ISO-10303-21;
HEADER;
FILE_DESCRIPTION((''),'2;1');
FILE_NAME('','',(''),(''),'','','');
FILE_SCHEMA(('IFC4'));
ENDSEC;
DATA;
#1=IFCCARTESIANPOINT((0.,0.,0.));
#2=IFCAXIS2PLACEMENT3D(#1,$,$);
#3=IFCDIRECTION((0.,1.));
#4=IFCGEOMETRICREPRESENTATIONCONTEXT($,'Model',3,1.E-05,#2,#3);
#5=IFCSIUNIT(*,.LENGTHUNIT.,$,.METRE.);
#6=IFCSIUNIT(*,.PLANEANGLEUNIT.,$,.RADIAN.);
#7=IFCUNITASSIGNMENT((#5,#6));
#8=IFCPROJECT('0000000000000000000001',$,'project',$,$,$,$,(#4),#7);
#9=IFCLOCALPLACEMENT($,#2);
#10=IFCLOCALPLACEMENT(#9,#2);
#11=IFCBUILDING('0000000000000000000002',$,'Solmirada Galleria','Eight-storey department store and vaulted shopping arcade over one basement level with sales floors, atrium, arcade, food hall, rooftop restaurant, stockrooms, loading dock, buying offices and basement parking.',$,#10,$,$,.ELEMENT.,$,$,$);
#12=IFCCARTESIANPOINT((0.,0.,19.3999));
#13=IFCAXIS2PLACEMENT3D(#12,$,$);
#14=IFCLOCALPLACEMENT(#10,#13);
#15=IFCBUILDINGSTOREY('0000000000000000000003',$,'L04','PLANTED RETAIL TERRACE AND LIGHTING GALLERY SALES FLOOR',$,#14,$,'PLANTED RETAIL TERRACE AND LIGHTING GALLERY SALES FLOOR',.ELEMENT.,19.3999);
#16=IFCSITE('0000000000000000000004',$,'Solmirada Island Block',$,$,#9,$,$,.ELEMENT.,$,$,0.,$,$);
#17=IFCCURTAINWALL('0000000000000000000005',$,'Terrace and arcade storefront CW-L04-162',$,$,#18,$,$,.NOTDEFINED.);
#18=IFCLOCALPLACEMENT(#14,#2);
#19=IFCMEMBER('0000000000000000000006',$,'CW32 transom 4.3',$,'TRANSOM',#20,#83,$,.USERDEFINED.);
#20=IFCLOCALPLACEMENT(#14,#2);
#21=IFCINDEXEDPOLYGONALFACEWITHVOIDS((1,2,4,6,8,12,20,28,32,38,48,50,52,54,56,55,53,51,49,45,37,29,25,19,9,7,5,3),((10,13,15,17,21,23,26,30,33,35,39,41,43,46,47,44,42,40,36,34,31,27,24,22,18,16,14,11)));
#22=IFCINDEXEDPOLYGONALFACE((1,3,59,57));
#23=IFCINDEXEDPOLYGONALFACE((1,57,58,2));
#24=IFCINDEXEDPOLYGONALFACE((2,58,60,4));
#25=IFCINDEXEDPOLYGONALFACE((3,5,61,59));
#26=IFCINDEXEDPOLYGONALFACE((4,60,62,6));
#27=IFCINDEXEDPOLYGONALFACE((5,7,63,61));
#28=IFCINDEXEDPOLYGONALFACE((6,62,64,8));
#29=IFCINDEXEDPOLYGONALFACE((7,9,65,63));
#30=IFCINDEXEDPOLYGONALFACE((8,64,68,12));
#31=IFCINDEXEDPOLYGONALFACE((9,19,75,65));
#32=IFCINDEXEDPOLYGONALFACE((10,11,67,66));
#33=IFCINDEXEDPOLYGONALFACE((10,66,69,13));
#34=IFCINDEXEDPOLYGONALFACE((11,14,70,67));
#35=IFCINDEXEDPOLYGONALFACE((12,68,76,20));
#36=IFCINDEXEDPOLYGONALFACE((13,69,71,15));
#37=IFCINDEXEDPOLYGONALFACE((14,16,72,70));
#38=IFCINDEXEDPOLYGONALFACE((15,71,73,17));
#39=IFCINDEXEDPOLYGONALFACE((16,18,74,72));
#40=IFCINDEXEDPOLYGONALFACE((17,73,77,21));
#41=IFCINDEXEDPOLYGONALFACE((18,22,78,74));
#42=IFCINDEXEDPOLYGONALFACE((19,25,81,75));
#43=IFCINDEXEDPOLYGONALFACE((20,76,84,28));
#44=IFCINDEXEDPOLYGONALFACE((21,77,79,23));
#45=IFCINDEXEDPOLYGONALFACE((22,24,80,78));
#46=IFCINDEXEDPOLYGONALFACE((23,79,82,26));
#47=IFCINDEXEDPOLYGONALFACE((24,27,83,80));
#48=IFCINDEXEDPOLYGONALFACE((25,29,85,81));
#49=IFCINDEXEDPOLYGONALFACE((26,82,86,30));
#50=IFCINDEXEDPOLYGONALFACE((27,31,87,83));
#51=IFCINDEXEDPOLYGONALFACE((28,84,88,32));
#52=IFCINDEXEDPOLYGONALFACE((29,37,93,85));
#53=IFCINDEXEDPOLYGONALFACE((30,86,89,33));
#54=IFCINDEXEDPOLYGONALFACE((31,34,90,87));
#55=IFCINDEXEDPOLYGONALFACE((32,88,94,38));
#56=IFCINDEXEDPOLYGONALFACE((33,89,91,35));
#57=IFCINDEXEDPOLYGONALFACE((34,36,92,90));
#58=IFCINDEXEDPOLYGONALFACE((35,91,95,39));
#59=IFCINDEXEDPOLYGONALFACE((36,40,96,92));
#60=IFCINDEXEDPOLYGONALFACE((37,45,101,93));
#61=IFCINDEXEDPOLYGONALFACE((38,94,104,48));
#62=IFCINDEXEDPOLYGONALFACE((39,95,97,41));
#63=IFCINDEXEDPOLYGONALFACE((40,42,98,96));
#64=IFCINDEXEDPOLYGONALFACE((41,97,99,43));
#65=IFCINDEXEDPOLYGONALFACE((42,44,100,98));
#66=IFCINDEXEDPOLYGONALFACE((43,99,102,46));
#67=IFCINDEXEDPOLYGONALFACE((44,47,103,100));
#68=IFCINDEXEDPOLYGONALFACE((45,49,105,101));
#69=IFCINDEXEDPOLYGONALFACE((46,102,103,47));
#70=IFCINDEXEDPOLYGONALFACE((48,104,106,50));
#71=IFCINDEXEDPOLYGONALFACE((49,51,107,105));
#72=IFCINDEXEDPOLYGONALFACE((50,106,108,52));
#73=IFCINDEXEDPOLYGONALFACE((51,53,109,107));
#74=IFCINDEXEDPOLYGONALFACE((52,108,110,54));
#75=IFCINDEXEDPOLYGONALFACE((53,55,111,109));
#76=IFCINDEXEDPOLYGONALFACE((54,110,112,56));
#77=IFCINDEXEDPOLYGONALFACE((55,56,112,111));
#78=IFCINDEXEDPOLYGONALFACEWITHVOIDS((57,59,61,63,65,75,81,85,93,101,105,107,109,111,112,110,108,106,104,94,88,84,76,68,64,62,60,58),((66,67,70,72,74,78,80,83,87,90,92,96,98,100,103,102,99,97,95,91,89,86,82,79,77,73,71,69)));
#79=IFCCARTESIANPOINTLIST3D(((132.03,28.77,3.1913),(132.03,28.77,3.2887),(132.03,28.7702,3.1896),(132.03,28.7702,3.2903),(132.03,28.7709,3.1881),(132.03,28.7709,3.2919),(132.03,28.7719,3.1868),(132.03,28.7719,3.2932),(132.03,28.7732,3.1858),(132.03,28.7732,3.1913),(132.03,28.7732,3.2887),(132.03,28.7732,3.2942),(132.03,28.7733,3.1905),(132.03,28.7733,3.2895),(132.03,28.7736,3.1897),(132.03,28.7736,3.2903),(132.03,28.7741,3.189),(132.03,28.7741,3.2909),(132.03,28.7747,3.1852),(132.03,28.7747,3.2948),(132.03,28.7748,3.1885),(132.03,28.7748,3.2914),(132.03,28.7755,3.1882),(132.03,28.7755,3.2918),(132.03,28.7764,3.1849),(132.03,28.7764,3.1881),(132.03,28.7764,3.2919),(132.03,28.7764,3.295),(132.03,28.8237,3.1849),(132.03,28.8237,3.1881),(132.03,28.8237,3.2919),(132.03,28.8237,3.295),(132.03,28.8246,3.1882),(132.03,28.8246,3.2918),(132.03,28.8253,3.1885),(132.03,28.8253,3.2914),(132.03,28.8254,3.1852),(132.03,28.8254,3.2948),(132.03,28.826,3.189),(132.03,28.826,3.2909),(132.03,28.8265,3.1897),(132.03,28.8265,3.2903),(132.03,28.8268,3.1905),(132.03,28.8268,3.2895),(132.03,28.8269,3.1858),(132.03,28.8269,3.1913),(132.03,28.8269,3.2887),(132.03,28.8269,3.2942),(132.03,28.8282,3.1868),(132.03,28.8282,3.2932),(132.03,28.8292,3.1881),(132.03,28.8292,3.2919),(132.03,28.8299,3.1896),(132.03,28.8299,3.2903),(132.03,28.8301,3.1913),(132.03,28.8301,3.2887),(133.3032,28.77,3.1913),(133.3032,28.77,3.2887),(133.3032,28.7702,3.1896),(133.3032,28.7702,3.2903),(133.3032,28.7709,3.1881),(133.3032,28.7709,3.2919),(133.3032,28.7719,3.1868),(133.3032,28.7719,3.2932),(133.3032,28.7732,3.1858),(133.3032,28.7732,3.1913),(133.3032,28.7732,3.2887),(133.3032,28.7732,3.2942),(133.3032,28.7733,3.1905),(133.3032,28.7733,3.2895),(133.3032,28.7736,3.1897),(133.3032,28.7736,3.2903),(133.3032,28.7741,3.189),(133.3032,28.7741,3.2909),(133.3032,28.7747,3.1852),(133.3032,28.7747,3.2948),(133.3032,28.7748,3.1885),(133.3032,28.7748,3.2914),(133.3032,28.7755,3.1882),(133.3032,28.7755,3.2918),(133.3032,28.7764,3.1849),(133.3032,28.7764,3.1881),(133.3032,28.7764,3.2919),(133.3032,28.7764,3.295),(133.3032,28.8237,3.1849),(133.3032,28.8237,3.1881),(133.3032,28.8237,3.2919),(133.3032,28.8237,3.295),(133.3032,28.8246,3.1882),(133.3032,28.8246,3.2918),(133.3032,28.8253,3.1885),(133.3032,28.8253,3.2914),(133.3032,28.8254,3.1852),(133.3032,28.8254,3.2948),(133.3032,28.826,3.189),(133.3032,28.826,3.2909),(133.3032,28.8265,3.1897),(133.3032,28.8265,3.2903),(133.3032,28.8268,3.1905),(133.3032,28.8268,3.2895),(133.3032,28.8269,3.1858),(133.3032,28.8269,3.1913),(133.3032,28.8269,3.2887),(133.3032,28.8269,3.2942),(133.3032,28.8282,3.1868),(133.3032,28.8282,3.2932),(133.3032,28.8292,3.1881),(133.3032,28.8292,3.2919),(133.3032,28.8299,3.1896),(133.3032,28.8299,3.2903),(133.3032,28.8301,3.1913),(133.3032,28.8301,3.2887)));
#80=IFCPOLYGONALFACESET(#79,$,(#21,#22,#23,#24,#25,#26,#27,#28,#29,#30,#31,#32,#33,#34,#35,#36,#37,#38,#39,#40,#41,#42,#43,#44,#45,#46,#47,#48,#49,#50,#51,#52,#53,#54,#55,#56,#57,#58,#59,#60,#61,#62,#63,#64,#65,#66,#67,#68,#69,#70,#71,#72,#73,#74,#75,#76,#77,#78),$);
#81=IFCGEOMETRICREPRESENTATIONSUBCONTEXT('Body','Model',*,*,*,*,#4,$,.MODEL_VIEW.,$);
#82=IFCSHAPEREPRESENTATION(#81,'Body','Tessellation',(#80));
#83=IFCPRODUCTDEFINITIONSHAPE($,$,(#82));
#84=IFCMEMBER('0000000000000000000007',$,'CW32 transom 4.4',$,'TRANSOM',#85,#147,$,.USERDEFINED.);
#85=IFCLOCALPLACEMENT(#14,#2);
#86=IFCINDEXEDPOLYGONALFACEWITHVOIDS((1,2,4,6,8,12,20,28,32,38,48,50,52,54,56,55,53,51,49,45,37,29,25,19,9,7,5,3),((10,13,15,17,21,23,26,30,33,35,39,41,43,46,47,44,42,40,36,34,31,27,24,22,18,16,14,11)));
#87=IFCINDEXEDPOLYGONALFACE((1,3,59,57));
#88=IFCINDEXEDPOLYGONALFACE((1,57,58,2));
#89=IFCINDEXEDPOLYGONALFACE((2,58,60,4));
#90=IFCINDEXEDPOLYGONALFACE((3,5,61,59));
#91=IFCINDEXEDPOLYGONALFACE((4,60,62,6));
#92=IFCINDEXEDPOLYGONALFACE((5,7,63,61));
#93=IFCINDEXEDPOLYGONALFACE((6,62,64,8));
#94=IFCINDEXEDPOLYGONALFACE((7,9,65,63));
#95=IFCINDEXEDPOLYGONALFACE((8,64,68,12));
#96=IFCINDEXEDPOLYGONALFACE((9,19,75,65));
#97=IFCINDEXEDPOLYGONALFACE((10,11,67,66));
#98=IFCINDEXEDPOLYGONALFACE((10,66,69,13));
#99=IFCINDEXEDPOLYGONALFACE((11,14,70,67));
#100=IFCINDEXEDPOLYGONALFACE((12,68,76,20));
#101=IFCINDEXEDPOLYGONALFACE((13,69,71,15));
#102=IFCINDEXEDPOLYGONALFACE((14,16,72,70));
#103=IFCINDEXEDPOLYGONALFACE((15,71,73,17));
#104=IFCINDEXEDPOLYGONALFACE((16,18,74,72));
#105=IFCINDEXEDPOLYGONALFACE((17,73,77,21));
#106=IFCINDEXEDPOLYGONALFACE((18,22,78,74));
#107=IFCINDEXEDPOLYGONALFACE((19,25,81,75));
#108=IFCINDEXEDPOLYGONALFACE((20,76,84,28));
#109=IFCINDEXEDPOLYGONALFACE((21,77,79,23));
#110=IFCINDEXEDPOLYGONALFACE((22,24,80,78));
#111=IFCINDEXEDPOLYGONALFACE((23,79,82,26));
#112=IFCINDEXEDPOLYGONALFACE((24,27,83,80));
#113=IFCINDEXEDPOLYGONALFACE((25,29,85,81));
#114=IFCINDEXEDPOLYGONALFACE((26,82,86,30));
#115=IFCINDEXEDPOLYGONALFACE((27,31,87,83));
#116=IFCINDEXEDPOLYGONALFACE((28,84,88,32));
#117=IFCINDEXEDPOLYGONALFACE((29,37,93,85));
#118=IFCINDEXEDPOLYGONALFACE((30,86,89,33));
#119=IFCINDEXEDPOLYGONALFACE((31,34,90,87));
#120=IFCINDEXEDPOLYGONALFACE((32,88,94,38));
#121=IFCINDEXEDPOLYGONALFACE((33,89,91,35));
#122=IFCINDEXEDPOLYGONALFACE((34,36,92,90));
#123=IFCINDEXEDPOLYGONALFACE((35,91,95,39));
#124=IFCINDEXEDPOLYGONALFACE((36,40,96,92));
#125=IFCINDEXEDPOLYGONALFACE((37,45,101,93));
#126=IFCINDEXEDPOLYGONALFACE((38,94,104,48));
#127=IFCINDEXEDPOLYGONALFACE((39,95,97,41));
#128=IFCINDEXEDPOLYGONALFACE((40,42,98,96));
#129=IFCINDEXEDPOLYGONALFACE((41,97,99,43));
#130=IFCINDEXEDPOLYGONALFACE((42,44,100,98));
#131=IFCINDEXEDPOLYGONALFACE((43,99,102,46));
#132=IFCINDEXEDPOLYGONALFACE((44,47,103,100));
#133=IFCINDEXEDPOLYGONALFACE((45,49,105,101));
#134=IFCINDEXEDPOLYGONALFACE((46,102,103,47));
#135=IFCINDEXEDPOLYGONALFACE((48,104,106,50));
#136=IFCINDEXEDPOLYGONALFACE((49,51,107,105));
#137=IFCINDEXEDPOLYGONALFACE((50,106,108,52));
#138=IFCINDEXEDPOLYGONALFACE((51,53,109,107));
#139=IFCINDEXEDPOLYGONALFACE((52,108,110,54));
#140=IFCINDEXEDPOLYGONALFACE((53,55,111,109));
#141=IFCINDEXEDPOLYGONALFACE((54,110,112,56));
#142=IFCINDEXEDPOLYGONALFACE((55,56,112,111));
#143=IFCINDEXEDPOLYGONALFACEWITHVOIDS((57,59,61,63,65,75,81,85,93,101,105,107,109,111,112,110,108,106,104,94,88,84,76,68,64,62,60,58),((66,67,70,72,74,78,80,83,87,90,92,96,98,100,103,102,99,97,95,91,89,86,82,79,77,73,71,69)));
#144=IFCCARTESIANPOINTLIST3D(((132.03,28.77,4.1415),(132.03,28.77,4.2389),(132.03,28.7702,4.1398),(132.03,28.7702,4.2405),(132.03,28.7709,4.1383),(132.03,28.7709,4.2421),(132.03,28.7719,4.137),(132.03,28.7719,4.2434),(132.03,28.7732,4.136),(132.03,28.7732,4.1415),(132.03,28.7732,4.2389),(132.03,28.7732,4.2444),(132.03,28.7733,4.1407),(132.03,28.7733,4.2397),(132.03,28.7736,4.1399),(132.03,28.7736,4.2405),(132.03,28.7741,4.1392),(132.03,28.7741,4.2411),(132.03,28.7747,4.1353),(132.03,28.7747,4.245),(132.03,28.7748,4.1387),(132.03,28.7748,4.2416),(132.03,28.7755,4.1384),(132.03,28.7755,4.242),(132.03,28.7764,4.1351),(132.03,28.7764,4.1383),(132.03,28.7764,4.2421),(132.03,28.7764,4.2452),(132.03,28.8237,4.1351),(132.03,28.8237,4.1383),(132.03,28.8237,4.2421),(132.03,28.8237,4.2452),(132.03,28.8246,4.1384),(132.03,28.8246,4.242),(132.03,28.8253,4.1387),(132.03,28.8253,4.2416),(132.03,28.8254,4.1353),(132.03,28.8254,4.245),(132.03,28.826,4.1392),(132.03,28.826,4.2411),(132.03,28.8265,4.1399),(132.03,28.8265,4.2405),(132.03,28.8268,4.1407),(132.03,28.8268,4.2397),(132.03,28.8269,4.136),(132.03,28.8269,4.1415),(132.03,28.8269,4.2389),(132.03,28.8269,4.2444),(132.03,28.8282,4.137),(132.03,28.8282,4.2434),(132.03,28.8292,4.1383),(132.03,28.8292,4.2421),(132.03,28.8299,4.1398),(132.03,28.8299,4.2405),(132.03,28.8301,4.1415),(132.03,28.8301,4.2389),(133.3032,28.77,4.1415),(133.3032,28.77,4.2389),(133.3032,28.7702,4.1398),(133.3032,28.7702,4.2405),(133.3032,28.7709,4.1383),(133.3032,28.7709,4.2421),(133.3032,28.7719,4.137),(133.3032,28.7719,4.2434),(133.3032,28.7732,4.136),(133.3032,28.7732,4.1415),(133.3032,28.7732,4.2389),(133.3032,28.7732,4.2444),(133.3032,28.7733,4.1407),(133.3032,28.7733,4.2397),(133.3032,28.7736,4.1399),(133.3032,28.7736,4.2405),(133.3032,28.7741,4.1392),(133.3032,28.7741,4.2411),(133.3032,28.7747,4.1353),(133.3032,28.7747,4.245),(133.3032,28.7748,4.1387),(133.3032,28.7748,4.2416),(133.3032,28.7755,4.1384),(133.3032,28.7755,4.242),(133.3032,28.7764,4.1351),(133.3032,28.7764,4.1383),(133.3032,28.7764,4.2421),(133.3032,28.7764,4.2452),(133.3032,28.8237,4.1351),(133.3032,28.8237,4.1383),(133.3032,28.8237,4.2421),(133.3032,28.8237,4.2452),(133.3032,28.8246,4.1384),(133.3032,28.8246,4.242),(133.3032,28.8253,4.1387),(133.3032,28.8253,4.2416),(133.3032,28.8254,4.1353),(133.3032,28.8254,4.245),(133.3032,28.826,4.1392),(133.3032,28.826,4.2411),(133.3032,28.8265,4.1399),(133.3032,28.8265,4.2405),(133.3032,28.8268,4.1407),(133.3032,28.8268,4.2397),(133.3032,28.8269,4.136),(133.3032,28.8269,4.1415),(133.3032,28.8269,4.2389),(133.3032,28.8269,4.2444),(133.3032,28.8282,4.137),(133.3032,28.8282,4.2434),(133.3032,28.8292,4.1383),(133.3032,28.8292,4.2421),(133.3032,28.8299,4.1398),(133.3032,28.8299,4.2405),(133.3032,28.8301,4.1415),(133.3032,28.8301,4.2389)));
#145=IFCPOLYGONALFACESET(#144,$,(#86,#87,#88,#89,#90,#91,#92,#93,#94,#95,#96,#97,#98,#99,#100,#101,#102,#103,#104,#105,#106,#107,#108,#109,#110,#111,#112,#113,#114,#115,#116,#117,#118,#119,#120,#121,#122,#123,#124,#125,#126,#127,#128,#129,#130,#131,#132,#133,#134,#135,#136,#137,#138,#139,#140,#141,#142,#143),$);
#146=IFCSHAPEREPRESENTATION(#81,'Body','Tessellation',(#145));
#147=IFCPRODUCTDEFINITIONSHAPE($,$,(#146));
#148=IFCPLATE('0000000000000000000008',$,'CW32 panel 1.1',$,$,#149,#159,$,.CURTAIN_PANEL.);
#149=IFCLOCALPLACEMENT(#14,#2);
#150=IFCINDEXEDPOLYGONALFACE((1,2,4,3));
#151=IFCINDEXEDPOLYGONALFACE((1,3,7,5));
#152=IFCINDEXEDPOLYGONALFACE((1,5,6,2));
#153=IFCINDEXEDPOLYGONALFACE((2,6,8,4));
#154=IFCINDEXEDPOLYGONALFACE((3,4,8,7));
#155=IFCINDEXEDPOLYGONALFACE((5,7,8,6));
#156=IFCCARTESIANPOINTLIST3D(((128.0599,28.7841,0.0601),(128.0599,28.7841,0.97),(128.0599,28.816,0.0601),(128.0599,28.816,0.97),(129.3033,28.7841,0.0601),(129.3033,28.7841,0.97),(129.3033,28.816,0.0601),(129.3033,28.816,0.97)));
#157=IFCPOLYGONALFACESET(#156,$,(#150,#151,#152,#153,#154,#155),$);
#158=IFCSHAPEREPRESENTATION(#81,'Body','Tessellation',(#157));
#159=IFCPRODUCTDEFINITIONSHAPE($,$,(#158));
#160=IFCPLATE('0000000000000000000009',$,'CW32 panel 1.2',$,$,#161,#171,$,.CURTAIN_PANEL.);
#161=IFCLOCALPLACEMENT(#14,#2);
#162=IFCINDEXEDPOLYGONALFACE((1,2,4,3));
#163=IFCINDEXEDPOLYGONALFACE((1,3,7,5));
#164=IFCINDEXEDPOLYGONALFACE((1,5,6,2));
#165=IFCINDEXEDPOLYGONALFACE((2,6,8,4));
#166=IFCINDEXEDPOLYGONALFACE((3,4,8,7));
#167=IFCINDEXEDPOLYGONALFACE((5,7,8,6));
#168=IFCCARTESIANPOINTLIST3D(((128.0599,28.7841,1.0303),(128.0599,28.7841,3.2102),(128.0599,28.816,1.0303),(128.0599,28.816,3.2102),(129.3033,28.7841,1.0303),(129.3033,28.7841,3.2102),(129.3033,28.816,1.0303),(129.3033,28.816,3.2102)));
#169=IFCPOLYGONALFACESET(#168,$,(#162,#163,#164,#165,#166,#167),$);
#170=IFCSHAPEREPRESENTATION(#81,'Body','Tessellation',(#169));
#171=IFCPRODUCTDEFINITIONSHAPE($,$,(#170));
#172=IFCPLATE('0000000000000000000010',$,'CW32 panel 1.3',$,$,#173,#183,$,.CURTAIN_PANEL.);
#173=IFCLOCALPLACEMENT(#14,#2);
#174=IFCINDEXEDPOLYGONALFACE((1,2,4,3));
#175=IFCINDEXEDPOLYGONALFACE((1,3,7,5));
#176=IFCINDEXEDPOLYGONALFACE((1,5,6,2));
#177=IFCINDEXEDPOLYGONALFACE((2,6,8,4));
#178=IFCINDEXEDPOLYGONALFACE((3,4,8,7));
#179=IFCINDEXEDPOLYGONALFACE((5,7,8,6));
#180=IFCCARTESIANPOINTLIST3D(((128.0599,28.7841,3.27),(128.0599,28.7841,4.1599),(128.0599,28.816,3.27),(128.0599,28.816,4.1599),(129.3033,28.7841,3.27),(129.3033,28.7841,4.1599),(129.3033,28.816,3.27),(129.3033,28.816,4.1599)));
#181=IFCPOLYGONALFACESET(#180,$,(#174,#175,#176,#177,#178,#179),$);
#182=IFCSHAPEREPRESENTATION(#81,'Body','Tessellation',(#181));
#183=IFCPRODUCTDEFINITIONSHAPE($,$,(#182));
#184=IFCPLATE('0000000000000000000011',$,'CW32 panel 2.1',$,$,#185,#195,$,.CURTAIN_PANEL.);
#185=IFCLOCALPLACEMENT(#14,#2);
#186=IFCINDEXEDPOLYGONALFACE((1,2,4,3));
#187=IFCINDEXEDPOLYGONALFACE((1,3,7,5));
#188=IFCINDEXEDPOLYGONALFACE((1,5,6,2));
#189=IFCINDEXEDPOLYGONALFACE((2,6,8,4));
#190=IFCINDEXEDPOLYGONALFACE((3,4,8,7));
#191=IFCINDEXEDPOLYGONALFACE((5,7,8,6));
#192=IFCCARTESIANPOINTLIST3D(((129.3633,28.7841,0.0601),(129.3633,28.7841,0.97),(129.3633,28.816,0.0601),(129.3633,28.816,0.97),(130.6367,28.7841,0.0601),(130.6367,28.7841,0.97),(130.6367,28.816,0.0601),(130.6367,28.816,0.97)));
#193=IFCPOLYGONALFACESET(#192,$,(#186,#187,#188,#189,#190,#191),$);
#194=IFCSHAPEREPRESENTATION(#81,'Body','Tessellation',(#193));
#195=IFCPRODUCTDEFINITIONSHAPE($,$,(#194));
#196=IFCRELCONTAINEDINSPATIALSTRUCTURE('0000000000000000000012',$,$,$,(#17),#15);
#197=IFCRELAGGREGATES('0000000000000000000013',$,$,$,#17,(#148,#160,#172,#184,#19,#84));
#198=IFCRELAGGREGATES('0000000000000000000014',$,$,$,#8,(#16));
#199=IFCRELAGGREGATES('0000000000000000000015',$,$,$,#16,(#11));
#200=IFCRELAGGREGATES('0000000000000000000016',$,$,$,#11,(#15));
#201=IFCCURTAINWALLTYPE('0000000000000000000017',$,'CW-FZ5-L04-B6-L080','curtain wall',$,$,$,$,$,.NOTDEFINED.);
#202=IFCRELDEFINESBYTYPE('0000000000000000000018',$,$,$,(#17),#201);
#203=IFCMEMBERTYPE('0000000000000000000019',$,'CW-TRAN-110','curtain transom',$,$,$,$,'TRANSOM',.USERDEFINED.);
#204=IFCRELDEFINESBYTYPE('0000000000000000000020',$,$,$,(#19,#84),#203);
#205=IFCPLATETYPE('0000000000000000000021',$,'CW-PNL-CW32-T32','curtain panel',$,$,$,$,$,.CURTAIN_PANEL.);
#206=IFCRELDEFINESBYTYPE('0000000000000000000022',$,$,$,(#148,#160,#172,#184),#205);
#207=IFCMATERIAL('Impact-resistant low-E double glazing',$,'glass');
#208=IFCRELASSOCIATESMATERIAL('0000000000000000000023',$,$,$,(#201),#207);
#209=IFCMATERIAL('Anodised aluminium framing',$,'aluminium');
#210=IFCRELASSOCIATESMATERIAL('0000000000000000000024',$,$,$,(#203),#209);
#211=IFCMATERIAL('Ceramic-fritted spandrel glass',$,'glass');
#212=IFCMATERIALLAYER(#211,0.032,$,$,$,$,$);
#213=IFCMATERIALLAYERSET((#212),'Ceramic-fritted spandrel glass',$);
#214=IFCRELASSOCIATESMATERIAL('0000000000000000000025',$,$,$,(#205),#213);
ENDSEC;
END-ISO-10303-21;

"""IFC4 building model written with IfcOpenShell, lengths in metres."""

from ifc_helpers import new_model, si_unit, direction, frame, origin, origin_2d, place, context, subcontext, project, spatial, rectangle, hollow_rectangle, extrude, material, layer, layer_set, material_profile, profile_set, type_object, element, aggregate, save


model = new_model("IFC4")

# Units and contexts
model_context = context("Model", 3, precision=1e-05, world=origin(), true_north=direction((0.0, 1.0)))
body_context = subcontext(model_context, "Body", "Model", "MODEL_VIEW")
ifc_project = project(units=[si_unit("LENGTHUNIT", "METRE"), si_unit("PLANEANGLEUNIT", "RADIAN")], contexts=[model_context])

# Site, building, storey
site_placement = place(None, origin())
site = spatial("IfcSite", under=ifc_project, at=site_placement, Name="Solmirada Island Block", CompositionType="ELEMENT", RefElevation=0.0)
building_placement = place(site_placement, origin())
building = spatial("IfcBuilding", under=site, at=building_placement, Name="Solmirada Galleria", Description="Eight-storey department store and vaulted shopping arcade over one basement level with sales floors, atrium, arcade, food hall, rooftop restaurant, stockrooms, loading dock, buying offices and basement parking.", CompositionType="ELEMENT")
storey_placement = place(building_placement, frame((0.0, 0.0, 19.3999)))
storey = spatial("IfcBuildingStorey", under=building, at=storey_placement, Name="L04", Description="PLANTED RETAIL TERRACE AND LIGHTING GALLERY SALES FLOOR", LongName="PLANTED RETAIL TERRACE AND LIGHTING GALLERY SALES FLOOR", CompositionType="ELEMENT", Elevation=19.3999)

# Curtain wall, members, plates
ifc_material_1 = material(Name="Impact-resistant low-E double glazing", Category="glass")
curtain_wall_type = type_object("IfcCurtainWallType", Name="CW-FZ5-L04-B6-L080", Description="curtain wall", PredefinedType="NOTDEFINED", material=ifc_material_1)
curtain_wall_placement = place(storey_placement, origin())
curtain_wall = element("IfcCurtainWall", 1, at=curtain_wall_placement, inside=storey, type_object=curtain_wall_type, Name="Terrace and arcade storefront CW-L04-162", PredefinedType="NOTDEFINED")
ifc_material_2 = material(Name="Anodised aluminium framing", Category="aluminium")
ifc_material_profile_1 = material_profile(ifc_material_2, hollow_rectangle(XDim=0.0601, YDim=0.1101, WallThickness=0.0032, InnerFilletRadius=0.0032, OuterFilletRadius=0.0063, at=origin_2d()), Name="ALU-TRAN-110X60")
ifc_profile_set_1 = profile_set([ifc_material_profile_1], Name="Anodised aluminium framing")
member_type_1 = type_object("IfcMemberType", Name="CW-TRAN-110", Description="curtain transom", ElementType="TRANSOM", PredefinedType="USERDEFINED", material=ifc_profile_set_1)
member_1_placement = place(storey_placement, frame((132.03, 28.8, 3.24), z_axis=(1.0, 0.0, 0.0), x_axis=(0.0, 1.0, 0.0)))
member_1 = element("IfcMember", 2, at=member_1_placement, type_object=member_type_1, Name="CW32 transom 4.3", ObjectType="TRANSOM", PredefinedType="USERDEFINED", context=body_context, shape_type="SweptSolid", body=[
    extrude(hollow_rectangle(XDim=0.0601, YDim=0.1101, WallThickness=0.0032, InnerFilletRadius=0.0032, OuterFilletRadius=0.0063, at=origin_2d()), origin(), (0.0, 0.0, 1.0), 1.2732),
])
member_2_placement = place(storey_placement, frame((132.03, 28.8, 4.1902), z_axis=(1.0, 0.0, 0.0), x_axis=(0.0, 1.0, 0.0)))
member_2 = element("IfcMember", 3, at=member_2_placement, type_object=member_type_1, Name="CW32 transom 4.4", ObjectType="TRANSOM", PredefinedType="USERDEFINED", context=body_context, shape_type="SweptSolid", body=[
    extrude(hollow_rectangle(XDim=0.0601, YDim=0.1101, WallThickness=0.0032, InnerFilletRadius=0.0032, OuterFilletRadius=0.0063, at=origin_2d()), origin(), (0.0, 0.0, 1.0), 1.2732),
])
ifc_material_3 = material(Name="Ceramic-fritted spandrel glass", Category="glass")
ifc_layer = layer(ifc_material_3, 0.032)
ifc_layer_set = layer_set([ifc_layer], Name="Ceramic-fritted spandrel glass")
plate_type = type_object("IfcPlateType", Name="CW-PNL-CW32-T32", Description="curtain panel", PredefinedType="CURTAIN_PANEL", material=ifc_layer_set)
plate_1_placement = place(storey_placement, frame((128.6816, 28.8, 0.0601), z_axis=(0.0, 0.0, 1.0), x_axis=(1.0, 0.0, 0.0)))
plate_1 = element("IfcPlate", 4, at=plate_1_placement, type_object=plate_type, Name="CW32 panel 1.1", PredefinedType="CURTAIN_PANEL", context=body_context, shape_type="SweptSolid", body=[
    extrude(rectangle(XDim=1.2434, YDim=0.032, at=origin_2d()), origin(), (0.0, 0.0, 1.0), 0.9099),
])
plate_2_placement = place(storey_placement, frame((128.6816, 28.8, 1.0303), z_axis=(0.0, 0.0, 1.0), x_axis=(1.0, 0.0, 0.0)))
plate_2 = element("IfcPlate", 5, at=plate_2_placement, type_object=plate_type, Name="CW32 panel 1.2", PredefinedType="CURTAIN_PANEL", context=body_context, shape_type="SweptSolid", body=[
    extrude(rectangle(XDim=1.2434, YDim=0.032, at=origin_2d()), origin(), (0.0, 0.0, 1.0), 2.1799),
])
plate_3_placement = place(storey_placement, frame((128.6816, 28.8, 3.27), z_axis=(0.0, 0.0, 1.0), x_axis=(1.0, 0.0, 0.0)))
plate_3 = element("IfcPlate", 6, at=plate_3_placement, type_object=plate_type, Name="CW32 panel 1.3", PredefinedType="CURTAIN_PANEL", context=body_context, shape_type="SweptSolid", body=[
    extrude(rectangle(XDim=1.2434, YDim=0.032, at=origin_2d()), origin(), (0.0, 0.0, 1.0), 0.8899),
])
plate_4_placement = place(storey_placement, frame((130.0, 28.8, 0.0601), z_axis=(0.0, 0.0, 1.0), x_axis=(1.0, 0.0, 0.0)))
plate_4 = element("IfcPlate", 7, at=plate_4_placement, type_object=plate_type, Name="CW32 panel 2.1", PredefinedType="CURTAIN_PANEL", context=body_context, shape_type="SweptSolid", body=[
    extrude(rectangle(XDim=1.2734, YDim=0.032, at=origin_2d()), origin(), (0.0, 0.0, 1.0), 0.9099),
])
aggregate(curtain_wall, [plate_1, plate_2, plate_3, plate_4, member_1, member_2])

save(model, "model.ifc")
